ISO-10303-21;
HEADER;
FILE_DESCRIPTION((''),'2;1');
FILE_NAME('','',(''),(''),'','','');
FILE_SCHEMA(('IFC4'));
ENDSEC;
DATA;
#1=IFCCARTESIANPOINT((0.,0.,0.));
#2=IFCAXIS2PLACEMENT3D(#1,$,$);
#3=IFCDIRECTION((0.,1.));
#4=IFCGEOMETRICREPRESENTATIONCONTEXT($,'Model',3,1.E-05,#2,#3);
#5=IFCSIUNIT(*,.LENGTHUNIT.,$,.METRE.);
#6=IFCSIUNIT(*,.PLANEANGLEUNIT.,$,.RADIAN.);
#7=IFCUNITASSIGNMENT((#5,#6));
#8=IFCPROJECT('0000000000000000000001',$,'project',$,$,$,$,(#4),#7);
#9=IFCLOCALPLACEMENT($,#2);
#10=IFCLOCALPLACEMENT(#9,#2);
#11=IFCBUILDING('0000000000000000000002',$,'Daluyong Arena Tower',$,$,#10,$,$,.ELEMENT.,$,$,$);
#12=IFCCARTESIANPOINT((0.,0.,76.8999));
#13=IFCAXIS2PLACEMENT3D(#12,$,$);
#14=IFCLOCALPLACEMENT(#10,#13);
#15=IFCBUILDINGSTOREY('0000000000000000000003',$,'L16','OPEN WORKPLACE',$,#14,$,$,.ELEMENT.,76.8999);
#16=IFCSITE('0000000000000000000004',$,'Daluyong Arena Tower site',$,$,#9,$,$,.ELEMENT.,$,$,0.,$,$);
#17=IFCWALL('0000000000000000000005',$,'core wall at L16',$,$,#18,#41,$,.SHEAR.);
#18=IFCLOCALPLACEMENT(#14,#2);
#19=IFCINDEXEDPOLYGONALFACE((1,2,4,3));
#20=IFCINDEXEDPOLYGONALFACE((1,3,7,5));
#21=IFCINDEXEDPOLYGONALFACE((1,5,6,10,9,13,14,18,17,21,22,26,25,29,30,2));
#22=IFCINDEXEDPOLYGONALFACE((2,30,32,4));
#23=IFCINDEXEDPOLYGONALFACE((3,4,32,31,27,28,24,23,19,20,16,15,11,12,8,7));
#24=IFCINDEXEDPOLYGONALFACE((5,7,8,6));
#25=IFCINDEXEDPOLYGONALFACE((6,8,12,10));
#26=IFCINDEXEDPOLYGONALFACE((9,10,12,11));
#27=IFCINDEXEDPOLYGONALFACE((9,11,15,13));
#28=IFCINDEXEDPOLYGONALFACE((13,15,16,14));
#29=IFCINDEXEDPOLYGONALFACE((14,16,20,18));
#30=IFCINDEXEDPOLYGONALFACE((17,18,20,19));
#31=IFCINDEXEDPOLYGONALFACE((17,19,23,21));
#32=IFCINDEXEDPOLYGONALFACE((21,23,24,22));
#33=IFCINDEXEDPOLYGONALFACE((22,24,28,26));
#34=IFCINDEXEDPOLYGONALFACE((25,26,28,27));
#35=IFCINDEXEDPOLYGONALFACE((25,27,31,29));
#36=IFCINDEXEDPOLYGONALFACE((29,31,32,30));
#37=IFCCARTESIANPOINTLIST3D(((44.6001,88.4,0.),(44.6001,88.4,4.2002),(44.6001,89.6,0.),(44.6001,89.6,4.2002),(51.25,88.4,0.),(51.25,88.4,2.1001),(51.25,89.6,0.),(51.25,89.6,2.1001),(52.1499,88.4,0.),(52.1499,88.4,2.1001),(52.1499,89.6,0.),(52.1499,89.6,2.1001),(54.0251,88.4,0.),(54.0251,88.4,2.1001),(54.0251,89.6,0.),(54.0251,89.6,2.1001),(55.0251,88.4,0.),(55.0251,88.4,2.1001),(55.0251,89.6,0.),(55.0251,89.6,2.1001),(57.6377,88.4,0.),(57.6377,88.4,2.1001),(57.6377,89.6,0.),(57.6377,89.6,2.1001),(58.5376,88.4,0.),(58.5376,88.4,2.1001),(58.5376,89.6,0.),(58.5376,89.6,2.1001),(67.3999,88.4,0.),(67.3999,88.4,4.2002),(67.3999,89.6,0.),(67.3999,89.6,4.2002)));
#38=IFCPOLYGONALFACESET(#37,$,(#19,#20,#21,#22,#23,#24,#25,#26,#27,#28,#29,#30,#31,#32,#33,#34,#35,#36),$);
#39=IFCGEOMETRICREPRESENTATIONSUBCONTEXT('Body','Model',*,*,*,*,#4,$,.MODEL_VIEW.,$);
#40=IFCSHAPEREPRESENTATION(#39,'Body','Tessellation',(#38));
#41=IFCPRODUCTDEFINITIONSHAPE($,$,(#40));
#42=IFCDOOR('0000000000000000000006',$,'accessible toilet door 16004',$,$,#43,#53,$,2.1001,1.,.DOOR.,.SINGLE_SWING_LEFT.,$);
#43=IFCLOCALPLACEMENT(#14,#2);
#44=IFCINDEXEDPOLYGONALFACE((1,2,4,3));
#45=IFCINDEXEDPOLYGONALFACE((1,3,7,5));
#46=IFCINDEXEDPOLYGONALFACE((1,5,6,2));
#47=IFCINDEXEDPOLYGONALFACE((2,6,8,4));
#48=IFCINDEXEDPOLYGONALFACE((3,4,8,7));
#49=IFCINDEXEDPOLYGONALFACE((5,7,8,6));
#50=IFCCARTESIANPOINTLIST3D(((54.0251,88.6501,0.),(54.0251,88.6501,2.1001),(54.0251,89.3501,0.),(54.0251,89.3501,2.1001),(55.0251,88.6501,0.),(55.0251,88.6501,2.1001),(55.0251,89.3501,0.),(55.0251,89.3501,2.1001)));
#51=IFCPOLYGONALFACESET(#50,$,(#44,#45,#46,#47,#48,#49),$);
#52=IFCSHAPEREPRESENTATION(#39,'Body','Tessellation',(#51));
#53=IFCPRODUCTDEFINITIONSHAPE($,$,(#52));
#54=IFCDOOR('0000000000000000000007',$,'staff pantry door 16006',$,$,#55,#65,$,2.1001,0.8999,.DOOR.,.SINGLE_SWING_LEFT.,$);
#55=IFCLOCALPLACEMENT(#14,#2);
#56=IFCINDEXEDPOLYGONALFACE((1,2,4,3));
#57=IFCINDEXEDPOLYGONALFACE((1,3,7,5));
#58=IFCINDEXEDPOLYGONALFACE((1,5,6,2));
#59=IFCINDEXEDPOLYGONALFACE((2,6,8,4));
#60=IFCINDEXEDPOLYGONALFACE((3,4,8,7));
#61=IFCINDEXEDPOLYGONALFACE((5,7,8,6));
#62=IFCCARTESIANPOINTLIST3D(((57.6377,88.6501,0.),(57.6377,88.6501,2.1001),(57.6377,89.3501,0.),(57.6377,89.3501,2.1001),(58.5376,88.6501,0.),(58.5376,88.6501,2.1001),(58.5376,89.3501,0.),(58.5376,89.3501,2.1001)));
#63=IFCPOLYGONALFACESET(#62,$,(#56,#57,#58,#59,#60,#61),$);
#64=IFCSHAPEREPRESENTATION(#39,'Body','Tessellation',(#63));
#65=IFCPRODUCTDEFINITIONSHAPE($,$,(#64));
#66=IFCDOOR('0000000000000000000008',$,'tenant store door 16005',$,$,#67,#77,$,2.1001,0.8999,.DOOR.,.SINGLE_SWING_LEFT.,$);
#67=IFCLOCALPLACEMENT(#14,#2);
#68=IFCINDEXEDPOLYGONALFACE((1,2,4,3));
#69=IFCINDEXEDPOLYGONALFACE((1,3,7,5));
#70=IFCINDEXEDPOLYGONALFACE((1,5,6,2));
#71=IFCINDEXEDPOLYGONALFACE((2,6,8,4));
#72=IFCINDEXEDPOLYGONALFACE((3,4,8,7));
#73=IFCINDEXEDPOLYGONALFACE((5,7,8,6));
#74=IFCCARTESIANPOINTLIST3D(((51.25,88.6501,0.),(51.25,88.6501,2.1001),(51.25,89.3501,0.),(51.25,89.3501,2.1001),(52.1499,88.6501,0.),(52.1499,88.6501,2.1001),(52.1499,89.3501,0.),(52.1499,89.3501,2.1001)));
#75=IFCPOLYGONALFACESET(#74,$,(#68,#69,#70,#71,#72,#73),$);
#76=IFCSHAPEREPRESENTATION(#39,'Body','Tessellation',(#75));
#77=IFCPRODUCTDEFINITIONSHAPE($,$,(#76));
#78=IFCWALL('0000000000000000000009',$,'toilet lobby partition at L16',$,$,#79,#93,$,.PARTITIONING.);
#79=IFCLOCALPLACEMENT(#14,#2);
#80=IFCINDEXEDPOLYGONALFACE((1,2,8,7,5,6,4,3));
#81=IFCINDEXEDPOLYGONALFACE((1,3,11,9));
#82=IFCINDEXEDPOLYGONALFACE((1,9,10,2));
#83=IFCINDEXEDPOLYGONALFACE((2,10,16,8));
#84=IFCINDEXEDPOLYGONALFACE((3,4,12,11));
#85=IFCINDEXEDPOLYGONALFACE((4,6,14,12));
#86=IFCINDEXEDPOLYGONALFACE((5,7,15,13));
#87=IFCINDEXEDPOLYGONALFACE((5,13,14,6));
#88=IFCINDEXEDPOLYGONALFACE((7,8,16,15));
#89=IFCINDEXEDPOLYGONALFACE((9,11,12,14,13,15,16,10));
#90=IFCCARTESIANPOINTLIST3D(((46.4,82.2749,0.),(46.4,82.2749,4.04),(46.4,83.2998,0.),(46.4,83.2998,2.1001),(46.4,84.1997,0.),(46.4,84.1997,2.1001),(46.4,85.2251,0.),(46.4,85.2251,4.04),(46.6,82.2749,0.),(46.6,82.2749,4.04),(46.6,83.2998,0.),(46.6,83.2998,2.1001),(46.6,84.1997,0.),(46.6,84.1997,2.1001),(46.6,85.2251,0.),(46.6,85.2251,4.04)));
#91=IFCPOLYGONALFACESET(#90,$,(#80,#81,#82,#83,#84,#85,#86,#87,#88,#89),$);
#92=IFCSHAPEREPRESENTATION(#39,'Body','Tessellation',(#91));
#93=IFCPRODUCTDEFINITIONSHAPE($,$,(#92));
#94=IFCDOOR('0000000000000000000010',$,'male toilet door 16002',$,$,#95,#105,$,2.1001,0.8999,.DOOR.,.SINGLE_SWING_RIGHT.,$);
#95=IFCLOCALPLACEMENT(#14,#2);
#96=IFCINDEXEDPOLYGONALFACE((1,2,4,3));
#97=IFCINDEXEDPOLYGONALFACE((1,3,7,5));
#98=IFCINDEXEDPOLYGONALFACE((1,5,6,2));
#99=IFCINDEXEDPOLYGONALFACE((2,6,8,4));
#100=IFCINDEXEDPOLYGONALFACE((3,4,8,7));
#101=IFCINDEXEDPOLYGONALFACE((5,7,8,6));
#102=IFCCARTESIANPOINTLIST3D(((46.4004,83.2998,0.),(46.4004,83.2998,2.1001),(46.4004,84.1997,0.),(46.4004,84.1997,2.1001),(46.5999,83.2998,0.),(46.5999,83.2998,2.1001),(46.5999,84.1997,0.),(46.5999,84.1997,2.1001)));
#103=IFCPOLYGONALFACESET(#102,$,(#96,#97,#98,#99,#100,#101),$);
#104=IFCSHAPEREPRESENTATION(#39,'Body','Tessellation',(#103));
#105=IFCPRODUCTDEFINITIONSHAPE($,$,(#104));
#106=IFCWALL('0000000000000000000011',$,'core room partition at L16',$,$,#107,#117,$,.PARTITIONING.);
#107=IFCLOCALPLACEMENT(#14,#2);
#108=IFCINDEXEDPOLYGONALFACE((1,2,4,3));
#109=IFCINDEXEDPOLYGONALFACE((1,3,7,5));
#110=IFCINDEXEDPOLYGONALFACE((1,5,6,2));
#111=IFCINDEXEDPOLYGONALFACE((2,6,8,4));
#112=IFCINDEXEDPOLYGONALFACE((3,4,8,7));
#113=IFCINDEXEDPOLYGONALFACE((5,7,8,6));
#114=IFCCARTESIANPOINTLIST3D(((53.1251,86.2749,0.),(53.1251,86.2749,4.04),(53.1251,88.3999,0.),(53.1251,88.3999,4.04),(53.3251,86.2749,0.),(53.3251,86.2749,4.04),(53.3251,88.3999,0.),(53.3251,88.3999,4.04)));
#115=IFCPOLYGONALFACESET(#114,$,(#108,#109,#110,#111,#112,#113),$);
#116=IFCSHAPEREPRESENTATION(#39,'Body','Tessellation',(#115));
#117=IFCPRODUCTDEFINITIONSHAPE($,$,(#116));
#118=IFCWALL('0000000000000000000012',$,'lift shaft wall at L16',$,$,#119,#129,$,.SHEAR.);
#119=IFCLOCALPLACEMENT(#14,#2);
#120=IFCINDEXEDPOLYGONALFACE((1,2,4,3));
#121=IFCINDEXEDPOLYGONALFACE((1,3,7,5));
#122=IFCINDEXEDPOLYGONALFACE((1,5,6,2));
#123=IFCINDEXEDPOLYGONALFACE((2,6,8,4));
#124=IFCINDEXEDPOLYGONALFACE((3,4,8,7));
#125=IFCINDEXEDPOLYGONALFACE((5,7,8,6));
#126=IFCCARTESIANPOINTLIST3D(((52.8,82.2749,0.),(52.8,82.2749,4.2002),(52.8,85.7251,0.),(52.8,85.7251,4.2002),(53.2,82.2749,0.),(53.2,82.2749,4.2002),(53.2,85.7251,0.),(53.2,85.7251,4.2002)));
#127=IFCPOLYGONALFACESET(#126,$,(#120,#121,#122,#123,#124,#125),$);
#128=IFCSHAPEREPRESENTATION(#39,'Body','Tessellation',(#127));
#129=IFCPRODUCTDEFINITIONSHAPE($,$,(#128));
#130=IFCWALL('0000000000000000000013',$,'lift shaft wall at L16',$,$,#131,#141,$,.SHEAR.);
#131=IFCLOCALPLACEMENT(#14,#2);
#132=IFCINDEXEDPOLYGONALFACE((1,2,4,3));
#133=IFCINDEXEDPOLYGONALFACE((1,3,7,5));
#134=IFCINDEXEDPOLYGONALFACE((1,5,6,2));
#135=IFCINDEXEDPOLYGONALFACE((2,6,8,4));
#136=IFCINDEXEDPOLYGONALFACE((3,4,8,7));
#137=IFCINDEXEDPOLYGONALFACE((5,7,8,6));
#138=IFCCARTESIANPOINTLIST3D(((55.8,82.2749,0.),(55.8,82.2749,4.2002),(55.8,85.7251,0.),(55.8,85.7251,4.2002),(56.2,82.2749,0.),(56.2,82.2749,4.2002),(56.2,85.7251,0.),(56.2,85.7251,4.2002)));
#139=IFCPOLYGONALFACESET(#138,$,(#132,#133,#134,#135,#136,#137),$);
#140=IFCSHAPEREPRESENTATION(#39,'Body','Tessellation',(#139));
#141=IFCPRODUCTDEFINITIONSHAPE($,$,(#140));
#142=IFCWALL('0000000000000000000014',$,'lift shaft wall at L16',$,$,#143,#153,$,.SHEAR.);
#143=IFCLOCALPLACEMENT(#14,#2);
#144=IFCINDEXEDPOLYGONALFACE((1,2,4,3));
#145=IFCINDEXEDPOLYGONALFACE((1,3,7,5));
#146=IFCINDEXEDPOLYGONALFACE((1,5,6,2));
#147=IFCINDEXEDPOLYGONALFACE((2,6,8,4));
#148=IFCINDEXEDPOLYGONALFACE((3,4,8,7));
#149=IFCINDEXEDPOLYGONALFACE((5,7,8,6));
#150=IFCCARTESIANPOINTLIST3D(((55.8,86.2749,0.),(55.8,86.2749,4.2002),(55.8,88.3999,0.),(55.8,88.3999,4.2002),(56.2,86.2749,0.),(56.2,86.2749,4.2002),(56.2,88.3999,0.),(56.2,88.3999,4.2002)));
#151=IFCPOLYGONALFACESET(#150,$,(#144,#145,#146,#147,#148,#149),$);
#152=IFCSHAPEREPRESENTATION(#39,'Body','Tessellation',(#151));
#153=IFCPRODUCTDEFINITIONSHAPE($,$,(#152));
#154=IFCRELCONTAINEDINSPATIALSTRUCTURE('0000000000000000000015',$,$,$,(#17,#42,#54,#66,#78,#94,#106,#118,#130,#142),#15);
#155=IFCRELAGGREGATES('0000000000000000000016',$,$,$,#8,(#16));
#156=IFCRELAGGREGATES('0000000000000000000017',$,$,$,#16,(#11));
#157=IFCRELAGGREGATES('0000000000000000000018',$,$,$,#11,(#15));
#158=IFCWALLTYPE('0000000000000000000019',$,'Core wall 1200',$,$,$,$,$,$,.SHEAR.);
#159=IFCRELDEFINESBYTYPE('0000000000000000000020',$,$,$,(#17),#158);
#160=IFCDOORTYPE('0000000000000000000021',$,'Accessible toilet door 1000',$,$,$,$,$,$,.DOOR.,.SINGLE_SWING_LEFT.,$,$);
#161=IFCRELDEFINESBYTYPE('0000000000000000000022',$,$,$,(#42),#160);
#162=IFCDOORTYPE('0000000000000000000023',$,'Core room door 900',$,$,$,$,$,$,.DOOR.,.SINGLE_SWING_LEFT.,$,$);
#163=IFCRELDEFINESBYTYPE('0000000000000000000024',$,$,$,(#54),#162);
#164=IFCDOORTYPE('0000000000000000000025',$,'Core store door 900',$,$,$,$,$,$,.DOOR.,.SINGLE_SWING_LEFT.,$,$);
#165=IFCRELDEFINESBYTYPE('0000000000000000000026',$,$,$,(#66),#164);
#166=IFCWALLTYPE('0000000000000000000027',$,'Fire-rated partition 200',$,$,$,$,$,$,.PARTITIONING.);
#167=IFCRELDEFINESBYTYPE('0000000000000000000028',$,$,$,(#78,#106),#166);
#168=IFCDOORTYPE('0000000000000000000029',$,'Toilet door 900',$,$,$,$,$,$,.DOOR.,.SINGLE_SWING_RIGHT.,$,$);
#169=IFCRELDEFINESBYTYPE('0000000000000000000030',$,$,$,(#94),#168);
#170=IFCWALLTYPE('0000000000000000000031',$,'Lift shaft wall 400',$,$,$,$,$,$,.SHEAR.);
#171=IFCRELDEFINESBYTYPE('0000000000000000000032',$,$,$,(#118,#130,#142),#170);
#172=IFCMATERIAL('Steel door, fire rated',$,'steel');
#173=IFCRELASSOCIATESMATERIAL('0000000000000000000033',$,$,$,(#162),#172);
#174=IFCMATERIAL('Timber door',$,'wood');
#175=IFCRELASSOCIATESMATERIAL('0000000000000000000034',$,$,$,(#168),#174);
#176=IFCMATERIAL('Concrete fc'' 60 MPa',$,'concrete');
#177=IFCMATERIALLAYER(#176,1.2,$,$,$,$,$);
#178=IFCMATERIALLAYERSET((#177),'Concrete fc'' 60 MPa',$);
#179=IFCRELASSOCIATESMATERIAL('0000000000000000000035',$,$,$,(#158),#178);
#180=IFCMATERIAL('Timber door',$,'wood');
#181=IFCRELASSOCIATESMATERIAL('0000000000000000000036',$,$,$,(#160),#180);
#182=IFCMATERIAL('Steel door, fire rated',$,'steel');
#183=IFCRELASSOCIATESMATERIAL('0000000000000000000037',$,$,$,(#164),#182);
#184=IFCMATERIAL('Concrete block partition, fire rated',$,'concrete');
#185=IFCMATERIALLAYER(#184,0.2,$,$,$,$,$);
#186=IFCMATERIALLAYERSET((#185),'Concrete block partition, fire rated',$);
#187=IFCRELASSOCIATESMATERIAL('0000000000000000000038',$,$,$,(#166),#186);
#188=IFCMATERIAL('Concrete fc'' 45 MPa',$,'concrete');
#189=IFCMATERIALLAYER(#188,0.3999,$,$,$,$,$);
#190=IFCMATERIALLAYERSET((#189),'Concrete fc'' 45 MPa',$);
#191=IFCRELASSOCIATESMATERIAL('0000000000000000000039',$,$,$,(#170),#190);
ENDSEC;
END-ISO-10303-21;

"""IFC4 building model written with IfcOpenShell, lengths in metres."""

from ifc_helpers import new_model, si_unit, direction, frame, frame_2d, origin, place, context, subcontext, project, spatial, rectangle, extrude, material, layer, layer_set, type_object, element, fill, save


model = new_model("IFC4")

# Units and contexts
model_context = context("Model", 3, precision=1e-05, world=origin(), true_north=direction((0.0, 1.0)))
body_context = subcontext(model_context, "Body", "Model", "MODEL_VIEW")
ifc_project = project(units=[si_unit("LENGTHUNIT", "METRE"), si_unit("PLANEANGLEUNIT", "RADIAN")], contexts=[model_context])

# Site, building, storey
site_placement = place(None, origin())
site = spatial("IfcSite", under=ifc_project, at=site_placement, Name="Daluyong Arena Tower site", CompositionType="ELEMENT", RefElevation=0.0)
building_placement = place(site_placement, origin())
building = spatial("IfcBuilding", under=site, at=building_placement, Name="Daluyong Arena Tower", CompositionType="ELEMENT")
storey_placement = place(building_placement, frame((0.0, 0.0, 76.8999)))
storey = spatial("IfcBuildingStorey", under=building, at=storey_placement, Name="L16", Description="OPEN WORKPLACE", CompositionType="ELEMENT", Elevation=76.8999)

# Shared definitions
ifc_material_1 = material(Name="Steel door, fire rated", Category="steel")
door_type_1 = type_object("IfcDoorType", Name="Core room door 900", OperationType="SINGLE_SWING_LEFT", PredefinedType="DOOR", material=ifc_material_1)
ifc_material_2 = material(Name="Timber door", Category="wood")
door_type_2 = type_object("IfcDoorType", Name="Toilet door 900", OperationType="SINGLE_SWING_RIGHT", PredefinedType="DOOR", material=ifc_material_2)

# Wall, openings, doors
ifc_material_3 = material(Name="Concrete fc' 60 MPa", Category="concrete")
ifc_layer_1 = layer(ifc_material_3, 1.2)
ifc_layer_set_1 = layer_set([ifc_layer_1], Name="Concrete fc' 60 MPa")
wall_type_1 = type_object("IfcWallType", Name="Core wall 1200", PredefinedType="SHEAR", material=ifc_layer_set_1)
wall_1_placement = place(storey_placement, frame((44.6001, 89.0, 0.0), z_axis=(0.0, 0.0, 1.0), x_axis=(1.0, 0.0, 0.0)))
wall_1 = element("IfcWall", 1, at=wall_1_placement, inside=storey, type_object=wall_type_1, Name="core wall at L16", PredefinedType="SHEAR", context=body_context, shape_type="SweptSolid", body=[
    extrude(rectangle(XDim=22.7998, YDim=1.2, at=frame_2d((11.3999, 0.0))), origin(), (0.0, 0.0, 1.0), 4.2002),
])
opening_1_placement = place(wall_1_placement, frame((9.425, 0.0, 0.0)))
opening_1 = element("IfcOpeningElement", 2, at=opening_1_placement, cuts=wall_1, PredefinedType="OPENING", context=body_context, shape_type="SweptSolid", body=[
    extrude(rectangle(XDim=1.0, YDim=2.1001, at=frame_2d((0.5, 1.05))), frame((0.0, 0.6099, 0.0), z_axis=(0.0, -1.0, 0.0), x_axis=(1.0, 0.0, 0.0)), (0.0, 0.0, 1.0), 1.22),
])
opening_2_placement = place(wall_1_placement, frame((6.6499, 0.0, 0.0)))
opening_2 = element("IfcOpeningElement", 3, at=opening_2_placement, cuts=wall_1, PredefinedType="OPENING", context=body_context, shape_type="SweptSolid", body=[
    extrude(rectangle(XDim=0.8999, YDim=2.1001, at=frame_2d((0.45, 1.05))), frame((0.0, 0.6099, 0.0), z_axis=(0.0, -1.0, 0.0), x_axis=(1.0, 0.0, 0.0)), (0.0, 0.0, 1.0), 1.22),
])
opening_3_placement = place(wall_1_placement, frame((13.0376, 0.0, 0.0)))
opening_3 = element("IfcOpeningElement", 4, at=opening_3_placement, cuts=wall_1, PredefinedType="OPENING", context=body_context, shape_type="SweptSolid", body=[
    extrude(rectangle(XDim=0.8999, YDim=2.1001, at=frame_2d((0.45, 1.05))), frame((0.0, 0.6099, 0.0), z_axis=(0.0, -1.0, 0.0), x_axis=(1.0, 0.0, 0.0)), (0.0, 0.0, 1.0), 1.22),
])
ifc_material_4 = material(Name="Timber door", Category="wood")
door_type_3 = type_object("IfcDoorType", Name="Accessible toilet door 1000", OperationType="SINGLE_SWING_LEFT", PredefinedType="DOOR", material=ifc_material_4)
door_1_placement = place(opening_1_placement, origin())
door_1 = element("IfcDoor", 5, at=door_1_placement, inside=storey, type_object=door_type_3, Name="accessible toilet door 16004", OperationType="SINGLE_SWING_LEFT", OverallHeight=2.1001, OverallWidth=1.0, PredefinedType="DOOR", context=body_context, shape_type="SweptSolid", body=[
    extrude(rectangle(XDim=1.0, YDim=2.1001, at=frame_2d((0.5, 1.05))), frame((0.0, 0.3501, 0.0), z_axis=(0.0, -1.0, 0.0), x_axis=(1.0, 0.0, 0.0)), (0.0, 0.0, 1.0), 0.7),
])
fill(opening_1, door_1)
door_2_placement = place(opening_3_placement, origin())
door_2 = element("IfcDoor", 6, at=door_2_placement, inside=storey, type_object=door_type_1, Name="staff pantry door 16006", OperationType="SINGLE_SWING_LEFT", OverallHeight=2.1001, OverallWidth=0.8999, PredefinedType="DOOR", context=body_context, shape_type="SweptSolid", body=[
    extrude(rectangle(XDim=0.8999, YDim=2.1001, at=frame_2d((0.45, 1.05))), frame((0.0, 0.3501, 0.0), z_axis=(0.0, -1.0, 0.0), x_axis=(1.0, 0.0, 0.0)), (0.0, 0.0, 1.0), 0.7),
])
fill(opening_3, door_2)
ifc_material_5 = material(Name="Steel door, fire rated", Category="steel")
door_type_4 = type_object("IfcDoorType", Name="Core store door 900", OperationType="SINGLE_SWING_LEFT", PredefinedType="DOOR", material=ifc_material_5)
door_3_placement = place(opening_2_placement, origin())
door_3 = element("IfcDoor", 7, at=door_3_placement, inside=storey, type_object=door_type_4, Name="tenant store door 16005", OperationType="SINGLE_SWING_LEFT", OverallHeight=2.1001, OverallWidth=0.8999, PredefinedType="DOOR", context=body_context, shape_type="SweptSolid", body=[
    extrude(rectangle(XDim=0.8999, YDim=2.1001, at=frame_2d((0.45, 1.05))), frame((0.0, 0.3501, 0.0), z_axis=(0.0, -1.0, 0.0), x_axis=(1.0, 0.0, 0.0)), (0.0, 0.0, 1.0), 0.7),
])
fill(opening_2, door_3)

# Wall, opening, door
ifc_material_6 = material(Name="Concrete block partition, fire rated", Category="concrete")
ifc_layer_2 = layer(ifc_material_6, 0.2)
ifc_layer_set_2 = layer_set([ifc_layer_2], Name="Concrete block partition, fire rated")
wall_type_2 = type_object("IfcWallType", Name="Fire-rated partition 200", PredefinedType="PARTITIONING", material=ifc_layer_set_2)
wall_2_placement = place(storey_placement, frame((46.5, 82.2749, 0.0), z_axis=(0.0, 0.0, 1.0), x_axis=(0.0, 1.0, 0.0)))
wall_2 = element("IfcWall", 8, at=wall_2_placement, inside=storey, type_object=wall_type_2, Name="toilet lobby partition at L16", PredefinedType="PARTITIONING", context=body_context, shape_type="SweptSolid", body=[
    extrude(rectangle(XDim=2.9502, YDim=0.2, at=frame_2d((1.4751, 0.0))), origin(), (0.0, 0.0, 1.0), 4.04),
])
opening_4_placement = place(wall_2_placement, frame((1.0249, 0.0, 0.0)))
opening_4 = element("IfcOpeningElement", 9, at=opening_4_placement, cuts=wall_2, PredefinedType="OPENING", context=body_context, shape_type="SweptSolid", body=[
    extrude(rectangle(XDim=0.8999, YDim=2.1001, at=frame_2d((0.45, 1.05))), frame((0.0, 0.1099, 0.0), z_axis=(0.0, -1.0, 0.0), x_axis=(1.0, 0.0, 0.0)), (0.0, 0.0, 1.0), 0.22),
])
door_4_placement = place(opening_4_placement, origin())
door_4 = element("IfcDoor", 10, at=door_4_placement, inside=storey, type_object=door_type_2, Name="male toilet door 16002", OperationType="SINGLE_SWING_RIGHT", OverallHeight=2.1001, OverallWidth=0.8999, PredefinedType="DOOR", context=body_context, shape_type="SweptSolid", body=[
    extrude(rectangle(XDim=0.8999, YDim=2.1001, at=frame_2d((0.45, 1.05))), frame((0.0, 0.0996, 0.0), z_axis=(0.0, -1.0, 0.0), x_axis=(1.0, 0.0, 0.0)), (0.0, 0.0, 1.0), 0.1995),
])
fill(opening_4, door_4)

# Walls
wall_3_placement = place(storey_placement, frame((53.2251, 86.2749, 0.0), z_axis=(0.0, 0.0, 1.0), x_axis=(0.0, 1.0, 0.0)))
element("IfcWall", 11, at=wall_3_placement, inside=storey, type_object=wall_type_2, Name="core room partition at L16", PredefinedType="PARTITIONING", context=body_context, shape_type="SweptSolid", body=[
    extrude(rectangle(XDim=2.125, YDim=0.2, at=frame_2d((1.0625, 0.0))), origin(), (0.0, 0.0, 1.0), 4.04),
])
ifc_material_7 = material(Name="Concrete fc' 45 MPa", Category="concrete")
ifc_layer_3 = layer(ifc_material_7, 0.3999)
ifc_layer_set_3 = layer_set([ifc_layer_3], Name="Concrete fc' 45 MPa")
wall_type_3 = type_object("IfcWallType", Name="Lift shaft wall 400", PredefinedType="SHEAR", material=ifc_layer_set_3)
for number, where, z_axis, x_axis, name in (
    (12, (53.0, 82.2749, 0.0), (0.0, 0.0, 1.0), (0.0, 1.0, 0.0), "lift shaft wall at L16"),
    (13, (56.0, 82.2749, 0.0), (0.0, 0.0, 1.0), (0.0, 1.0, 0.0), "lift shaft wall at L16"),
):
    element("IfcWall", number, at=place(storey_placement, frame(where, z_axis=z_axis, x_axis=x_axis)), inside=storey, type_object=wall_type_3, Name=name, PredefinedType="SHEAR", context=body_context, shape_type="SweptSolid", body=[
        extrude(rectangle(XDim=3.4502, YDim=0.3999, at=frame_2d((1.7251, 0.0))), origin(), (0.0, 0.0, 1.0), 4.2002),
    ])
wall_4_placement = place(storey_placement, frame((56.0, 86.2749, 0.0), z_axis=(0.0, 0.0, 1.0), x_axis=(0.0, 1.0, 0.0)))
element("IfcWall", 14, at=wall_4_placement, inside=storey, type_object=wall_type_3, Name="lift shaft wall at L16", PredefinedType="SHEAR", context=body_context, shape_type="SweptSolid", body=[
    extrude(rectangle(XDim=2.125, YDim=0.3999, at=frame_2d((1.0625, 0.0))), origin(), (0.0, 0.0, 1.0), 4.2002),
])

save(model, "model.ifc")
